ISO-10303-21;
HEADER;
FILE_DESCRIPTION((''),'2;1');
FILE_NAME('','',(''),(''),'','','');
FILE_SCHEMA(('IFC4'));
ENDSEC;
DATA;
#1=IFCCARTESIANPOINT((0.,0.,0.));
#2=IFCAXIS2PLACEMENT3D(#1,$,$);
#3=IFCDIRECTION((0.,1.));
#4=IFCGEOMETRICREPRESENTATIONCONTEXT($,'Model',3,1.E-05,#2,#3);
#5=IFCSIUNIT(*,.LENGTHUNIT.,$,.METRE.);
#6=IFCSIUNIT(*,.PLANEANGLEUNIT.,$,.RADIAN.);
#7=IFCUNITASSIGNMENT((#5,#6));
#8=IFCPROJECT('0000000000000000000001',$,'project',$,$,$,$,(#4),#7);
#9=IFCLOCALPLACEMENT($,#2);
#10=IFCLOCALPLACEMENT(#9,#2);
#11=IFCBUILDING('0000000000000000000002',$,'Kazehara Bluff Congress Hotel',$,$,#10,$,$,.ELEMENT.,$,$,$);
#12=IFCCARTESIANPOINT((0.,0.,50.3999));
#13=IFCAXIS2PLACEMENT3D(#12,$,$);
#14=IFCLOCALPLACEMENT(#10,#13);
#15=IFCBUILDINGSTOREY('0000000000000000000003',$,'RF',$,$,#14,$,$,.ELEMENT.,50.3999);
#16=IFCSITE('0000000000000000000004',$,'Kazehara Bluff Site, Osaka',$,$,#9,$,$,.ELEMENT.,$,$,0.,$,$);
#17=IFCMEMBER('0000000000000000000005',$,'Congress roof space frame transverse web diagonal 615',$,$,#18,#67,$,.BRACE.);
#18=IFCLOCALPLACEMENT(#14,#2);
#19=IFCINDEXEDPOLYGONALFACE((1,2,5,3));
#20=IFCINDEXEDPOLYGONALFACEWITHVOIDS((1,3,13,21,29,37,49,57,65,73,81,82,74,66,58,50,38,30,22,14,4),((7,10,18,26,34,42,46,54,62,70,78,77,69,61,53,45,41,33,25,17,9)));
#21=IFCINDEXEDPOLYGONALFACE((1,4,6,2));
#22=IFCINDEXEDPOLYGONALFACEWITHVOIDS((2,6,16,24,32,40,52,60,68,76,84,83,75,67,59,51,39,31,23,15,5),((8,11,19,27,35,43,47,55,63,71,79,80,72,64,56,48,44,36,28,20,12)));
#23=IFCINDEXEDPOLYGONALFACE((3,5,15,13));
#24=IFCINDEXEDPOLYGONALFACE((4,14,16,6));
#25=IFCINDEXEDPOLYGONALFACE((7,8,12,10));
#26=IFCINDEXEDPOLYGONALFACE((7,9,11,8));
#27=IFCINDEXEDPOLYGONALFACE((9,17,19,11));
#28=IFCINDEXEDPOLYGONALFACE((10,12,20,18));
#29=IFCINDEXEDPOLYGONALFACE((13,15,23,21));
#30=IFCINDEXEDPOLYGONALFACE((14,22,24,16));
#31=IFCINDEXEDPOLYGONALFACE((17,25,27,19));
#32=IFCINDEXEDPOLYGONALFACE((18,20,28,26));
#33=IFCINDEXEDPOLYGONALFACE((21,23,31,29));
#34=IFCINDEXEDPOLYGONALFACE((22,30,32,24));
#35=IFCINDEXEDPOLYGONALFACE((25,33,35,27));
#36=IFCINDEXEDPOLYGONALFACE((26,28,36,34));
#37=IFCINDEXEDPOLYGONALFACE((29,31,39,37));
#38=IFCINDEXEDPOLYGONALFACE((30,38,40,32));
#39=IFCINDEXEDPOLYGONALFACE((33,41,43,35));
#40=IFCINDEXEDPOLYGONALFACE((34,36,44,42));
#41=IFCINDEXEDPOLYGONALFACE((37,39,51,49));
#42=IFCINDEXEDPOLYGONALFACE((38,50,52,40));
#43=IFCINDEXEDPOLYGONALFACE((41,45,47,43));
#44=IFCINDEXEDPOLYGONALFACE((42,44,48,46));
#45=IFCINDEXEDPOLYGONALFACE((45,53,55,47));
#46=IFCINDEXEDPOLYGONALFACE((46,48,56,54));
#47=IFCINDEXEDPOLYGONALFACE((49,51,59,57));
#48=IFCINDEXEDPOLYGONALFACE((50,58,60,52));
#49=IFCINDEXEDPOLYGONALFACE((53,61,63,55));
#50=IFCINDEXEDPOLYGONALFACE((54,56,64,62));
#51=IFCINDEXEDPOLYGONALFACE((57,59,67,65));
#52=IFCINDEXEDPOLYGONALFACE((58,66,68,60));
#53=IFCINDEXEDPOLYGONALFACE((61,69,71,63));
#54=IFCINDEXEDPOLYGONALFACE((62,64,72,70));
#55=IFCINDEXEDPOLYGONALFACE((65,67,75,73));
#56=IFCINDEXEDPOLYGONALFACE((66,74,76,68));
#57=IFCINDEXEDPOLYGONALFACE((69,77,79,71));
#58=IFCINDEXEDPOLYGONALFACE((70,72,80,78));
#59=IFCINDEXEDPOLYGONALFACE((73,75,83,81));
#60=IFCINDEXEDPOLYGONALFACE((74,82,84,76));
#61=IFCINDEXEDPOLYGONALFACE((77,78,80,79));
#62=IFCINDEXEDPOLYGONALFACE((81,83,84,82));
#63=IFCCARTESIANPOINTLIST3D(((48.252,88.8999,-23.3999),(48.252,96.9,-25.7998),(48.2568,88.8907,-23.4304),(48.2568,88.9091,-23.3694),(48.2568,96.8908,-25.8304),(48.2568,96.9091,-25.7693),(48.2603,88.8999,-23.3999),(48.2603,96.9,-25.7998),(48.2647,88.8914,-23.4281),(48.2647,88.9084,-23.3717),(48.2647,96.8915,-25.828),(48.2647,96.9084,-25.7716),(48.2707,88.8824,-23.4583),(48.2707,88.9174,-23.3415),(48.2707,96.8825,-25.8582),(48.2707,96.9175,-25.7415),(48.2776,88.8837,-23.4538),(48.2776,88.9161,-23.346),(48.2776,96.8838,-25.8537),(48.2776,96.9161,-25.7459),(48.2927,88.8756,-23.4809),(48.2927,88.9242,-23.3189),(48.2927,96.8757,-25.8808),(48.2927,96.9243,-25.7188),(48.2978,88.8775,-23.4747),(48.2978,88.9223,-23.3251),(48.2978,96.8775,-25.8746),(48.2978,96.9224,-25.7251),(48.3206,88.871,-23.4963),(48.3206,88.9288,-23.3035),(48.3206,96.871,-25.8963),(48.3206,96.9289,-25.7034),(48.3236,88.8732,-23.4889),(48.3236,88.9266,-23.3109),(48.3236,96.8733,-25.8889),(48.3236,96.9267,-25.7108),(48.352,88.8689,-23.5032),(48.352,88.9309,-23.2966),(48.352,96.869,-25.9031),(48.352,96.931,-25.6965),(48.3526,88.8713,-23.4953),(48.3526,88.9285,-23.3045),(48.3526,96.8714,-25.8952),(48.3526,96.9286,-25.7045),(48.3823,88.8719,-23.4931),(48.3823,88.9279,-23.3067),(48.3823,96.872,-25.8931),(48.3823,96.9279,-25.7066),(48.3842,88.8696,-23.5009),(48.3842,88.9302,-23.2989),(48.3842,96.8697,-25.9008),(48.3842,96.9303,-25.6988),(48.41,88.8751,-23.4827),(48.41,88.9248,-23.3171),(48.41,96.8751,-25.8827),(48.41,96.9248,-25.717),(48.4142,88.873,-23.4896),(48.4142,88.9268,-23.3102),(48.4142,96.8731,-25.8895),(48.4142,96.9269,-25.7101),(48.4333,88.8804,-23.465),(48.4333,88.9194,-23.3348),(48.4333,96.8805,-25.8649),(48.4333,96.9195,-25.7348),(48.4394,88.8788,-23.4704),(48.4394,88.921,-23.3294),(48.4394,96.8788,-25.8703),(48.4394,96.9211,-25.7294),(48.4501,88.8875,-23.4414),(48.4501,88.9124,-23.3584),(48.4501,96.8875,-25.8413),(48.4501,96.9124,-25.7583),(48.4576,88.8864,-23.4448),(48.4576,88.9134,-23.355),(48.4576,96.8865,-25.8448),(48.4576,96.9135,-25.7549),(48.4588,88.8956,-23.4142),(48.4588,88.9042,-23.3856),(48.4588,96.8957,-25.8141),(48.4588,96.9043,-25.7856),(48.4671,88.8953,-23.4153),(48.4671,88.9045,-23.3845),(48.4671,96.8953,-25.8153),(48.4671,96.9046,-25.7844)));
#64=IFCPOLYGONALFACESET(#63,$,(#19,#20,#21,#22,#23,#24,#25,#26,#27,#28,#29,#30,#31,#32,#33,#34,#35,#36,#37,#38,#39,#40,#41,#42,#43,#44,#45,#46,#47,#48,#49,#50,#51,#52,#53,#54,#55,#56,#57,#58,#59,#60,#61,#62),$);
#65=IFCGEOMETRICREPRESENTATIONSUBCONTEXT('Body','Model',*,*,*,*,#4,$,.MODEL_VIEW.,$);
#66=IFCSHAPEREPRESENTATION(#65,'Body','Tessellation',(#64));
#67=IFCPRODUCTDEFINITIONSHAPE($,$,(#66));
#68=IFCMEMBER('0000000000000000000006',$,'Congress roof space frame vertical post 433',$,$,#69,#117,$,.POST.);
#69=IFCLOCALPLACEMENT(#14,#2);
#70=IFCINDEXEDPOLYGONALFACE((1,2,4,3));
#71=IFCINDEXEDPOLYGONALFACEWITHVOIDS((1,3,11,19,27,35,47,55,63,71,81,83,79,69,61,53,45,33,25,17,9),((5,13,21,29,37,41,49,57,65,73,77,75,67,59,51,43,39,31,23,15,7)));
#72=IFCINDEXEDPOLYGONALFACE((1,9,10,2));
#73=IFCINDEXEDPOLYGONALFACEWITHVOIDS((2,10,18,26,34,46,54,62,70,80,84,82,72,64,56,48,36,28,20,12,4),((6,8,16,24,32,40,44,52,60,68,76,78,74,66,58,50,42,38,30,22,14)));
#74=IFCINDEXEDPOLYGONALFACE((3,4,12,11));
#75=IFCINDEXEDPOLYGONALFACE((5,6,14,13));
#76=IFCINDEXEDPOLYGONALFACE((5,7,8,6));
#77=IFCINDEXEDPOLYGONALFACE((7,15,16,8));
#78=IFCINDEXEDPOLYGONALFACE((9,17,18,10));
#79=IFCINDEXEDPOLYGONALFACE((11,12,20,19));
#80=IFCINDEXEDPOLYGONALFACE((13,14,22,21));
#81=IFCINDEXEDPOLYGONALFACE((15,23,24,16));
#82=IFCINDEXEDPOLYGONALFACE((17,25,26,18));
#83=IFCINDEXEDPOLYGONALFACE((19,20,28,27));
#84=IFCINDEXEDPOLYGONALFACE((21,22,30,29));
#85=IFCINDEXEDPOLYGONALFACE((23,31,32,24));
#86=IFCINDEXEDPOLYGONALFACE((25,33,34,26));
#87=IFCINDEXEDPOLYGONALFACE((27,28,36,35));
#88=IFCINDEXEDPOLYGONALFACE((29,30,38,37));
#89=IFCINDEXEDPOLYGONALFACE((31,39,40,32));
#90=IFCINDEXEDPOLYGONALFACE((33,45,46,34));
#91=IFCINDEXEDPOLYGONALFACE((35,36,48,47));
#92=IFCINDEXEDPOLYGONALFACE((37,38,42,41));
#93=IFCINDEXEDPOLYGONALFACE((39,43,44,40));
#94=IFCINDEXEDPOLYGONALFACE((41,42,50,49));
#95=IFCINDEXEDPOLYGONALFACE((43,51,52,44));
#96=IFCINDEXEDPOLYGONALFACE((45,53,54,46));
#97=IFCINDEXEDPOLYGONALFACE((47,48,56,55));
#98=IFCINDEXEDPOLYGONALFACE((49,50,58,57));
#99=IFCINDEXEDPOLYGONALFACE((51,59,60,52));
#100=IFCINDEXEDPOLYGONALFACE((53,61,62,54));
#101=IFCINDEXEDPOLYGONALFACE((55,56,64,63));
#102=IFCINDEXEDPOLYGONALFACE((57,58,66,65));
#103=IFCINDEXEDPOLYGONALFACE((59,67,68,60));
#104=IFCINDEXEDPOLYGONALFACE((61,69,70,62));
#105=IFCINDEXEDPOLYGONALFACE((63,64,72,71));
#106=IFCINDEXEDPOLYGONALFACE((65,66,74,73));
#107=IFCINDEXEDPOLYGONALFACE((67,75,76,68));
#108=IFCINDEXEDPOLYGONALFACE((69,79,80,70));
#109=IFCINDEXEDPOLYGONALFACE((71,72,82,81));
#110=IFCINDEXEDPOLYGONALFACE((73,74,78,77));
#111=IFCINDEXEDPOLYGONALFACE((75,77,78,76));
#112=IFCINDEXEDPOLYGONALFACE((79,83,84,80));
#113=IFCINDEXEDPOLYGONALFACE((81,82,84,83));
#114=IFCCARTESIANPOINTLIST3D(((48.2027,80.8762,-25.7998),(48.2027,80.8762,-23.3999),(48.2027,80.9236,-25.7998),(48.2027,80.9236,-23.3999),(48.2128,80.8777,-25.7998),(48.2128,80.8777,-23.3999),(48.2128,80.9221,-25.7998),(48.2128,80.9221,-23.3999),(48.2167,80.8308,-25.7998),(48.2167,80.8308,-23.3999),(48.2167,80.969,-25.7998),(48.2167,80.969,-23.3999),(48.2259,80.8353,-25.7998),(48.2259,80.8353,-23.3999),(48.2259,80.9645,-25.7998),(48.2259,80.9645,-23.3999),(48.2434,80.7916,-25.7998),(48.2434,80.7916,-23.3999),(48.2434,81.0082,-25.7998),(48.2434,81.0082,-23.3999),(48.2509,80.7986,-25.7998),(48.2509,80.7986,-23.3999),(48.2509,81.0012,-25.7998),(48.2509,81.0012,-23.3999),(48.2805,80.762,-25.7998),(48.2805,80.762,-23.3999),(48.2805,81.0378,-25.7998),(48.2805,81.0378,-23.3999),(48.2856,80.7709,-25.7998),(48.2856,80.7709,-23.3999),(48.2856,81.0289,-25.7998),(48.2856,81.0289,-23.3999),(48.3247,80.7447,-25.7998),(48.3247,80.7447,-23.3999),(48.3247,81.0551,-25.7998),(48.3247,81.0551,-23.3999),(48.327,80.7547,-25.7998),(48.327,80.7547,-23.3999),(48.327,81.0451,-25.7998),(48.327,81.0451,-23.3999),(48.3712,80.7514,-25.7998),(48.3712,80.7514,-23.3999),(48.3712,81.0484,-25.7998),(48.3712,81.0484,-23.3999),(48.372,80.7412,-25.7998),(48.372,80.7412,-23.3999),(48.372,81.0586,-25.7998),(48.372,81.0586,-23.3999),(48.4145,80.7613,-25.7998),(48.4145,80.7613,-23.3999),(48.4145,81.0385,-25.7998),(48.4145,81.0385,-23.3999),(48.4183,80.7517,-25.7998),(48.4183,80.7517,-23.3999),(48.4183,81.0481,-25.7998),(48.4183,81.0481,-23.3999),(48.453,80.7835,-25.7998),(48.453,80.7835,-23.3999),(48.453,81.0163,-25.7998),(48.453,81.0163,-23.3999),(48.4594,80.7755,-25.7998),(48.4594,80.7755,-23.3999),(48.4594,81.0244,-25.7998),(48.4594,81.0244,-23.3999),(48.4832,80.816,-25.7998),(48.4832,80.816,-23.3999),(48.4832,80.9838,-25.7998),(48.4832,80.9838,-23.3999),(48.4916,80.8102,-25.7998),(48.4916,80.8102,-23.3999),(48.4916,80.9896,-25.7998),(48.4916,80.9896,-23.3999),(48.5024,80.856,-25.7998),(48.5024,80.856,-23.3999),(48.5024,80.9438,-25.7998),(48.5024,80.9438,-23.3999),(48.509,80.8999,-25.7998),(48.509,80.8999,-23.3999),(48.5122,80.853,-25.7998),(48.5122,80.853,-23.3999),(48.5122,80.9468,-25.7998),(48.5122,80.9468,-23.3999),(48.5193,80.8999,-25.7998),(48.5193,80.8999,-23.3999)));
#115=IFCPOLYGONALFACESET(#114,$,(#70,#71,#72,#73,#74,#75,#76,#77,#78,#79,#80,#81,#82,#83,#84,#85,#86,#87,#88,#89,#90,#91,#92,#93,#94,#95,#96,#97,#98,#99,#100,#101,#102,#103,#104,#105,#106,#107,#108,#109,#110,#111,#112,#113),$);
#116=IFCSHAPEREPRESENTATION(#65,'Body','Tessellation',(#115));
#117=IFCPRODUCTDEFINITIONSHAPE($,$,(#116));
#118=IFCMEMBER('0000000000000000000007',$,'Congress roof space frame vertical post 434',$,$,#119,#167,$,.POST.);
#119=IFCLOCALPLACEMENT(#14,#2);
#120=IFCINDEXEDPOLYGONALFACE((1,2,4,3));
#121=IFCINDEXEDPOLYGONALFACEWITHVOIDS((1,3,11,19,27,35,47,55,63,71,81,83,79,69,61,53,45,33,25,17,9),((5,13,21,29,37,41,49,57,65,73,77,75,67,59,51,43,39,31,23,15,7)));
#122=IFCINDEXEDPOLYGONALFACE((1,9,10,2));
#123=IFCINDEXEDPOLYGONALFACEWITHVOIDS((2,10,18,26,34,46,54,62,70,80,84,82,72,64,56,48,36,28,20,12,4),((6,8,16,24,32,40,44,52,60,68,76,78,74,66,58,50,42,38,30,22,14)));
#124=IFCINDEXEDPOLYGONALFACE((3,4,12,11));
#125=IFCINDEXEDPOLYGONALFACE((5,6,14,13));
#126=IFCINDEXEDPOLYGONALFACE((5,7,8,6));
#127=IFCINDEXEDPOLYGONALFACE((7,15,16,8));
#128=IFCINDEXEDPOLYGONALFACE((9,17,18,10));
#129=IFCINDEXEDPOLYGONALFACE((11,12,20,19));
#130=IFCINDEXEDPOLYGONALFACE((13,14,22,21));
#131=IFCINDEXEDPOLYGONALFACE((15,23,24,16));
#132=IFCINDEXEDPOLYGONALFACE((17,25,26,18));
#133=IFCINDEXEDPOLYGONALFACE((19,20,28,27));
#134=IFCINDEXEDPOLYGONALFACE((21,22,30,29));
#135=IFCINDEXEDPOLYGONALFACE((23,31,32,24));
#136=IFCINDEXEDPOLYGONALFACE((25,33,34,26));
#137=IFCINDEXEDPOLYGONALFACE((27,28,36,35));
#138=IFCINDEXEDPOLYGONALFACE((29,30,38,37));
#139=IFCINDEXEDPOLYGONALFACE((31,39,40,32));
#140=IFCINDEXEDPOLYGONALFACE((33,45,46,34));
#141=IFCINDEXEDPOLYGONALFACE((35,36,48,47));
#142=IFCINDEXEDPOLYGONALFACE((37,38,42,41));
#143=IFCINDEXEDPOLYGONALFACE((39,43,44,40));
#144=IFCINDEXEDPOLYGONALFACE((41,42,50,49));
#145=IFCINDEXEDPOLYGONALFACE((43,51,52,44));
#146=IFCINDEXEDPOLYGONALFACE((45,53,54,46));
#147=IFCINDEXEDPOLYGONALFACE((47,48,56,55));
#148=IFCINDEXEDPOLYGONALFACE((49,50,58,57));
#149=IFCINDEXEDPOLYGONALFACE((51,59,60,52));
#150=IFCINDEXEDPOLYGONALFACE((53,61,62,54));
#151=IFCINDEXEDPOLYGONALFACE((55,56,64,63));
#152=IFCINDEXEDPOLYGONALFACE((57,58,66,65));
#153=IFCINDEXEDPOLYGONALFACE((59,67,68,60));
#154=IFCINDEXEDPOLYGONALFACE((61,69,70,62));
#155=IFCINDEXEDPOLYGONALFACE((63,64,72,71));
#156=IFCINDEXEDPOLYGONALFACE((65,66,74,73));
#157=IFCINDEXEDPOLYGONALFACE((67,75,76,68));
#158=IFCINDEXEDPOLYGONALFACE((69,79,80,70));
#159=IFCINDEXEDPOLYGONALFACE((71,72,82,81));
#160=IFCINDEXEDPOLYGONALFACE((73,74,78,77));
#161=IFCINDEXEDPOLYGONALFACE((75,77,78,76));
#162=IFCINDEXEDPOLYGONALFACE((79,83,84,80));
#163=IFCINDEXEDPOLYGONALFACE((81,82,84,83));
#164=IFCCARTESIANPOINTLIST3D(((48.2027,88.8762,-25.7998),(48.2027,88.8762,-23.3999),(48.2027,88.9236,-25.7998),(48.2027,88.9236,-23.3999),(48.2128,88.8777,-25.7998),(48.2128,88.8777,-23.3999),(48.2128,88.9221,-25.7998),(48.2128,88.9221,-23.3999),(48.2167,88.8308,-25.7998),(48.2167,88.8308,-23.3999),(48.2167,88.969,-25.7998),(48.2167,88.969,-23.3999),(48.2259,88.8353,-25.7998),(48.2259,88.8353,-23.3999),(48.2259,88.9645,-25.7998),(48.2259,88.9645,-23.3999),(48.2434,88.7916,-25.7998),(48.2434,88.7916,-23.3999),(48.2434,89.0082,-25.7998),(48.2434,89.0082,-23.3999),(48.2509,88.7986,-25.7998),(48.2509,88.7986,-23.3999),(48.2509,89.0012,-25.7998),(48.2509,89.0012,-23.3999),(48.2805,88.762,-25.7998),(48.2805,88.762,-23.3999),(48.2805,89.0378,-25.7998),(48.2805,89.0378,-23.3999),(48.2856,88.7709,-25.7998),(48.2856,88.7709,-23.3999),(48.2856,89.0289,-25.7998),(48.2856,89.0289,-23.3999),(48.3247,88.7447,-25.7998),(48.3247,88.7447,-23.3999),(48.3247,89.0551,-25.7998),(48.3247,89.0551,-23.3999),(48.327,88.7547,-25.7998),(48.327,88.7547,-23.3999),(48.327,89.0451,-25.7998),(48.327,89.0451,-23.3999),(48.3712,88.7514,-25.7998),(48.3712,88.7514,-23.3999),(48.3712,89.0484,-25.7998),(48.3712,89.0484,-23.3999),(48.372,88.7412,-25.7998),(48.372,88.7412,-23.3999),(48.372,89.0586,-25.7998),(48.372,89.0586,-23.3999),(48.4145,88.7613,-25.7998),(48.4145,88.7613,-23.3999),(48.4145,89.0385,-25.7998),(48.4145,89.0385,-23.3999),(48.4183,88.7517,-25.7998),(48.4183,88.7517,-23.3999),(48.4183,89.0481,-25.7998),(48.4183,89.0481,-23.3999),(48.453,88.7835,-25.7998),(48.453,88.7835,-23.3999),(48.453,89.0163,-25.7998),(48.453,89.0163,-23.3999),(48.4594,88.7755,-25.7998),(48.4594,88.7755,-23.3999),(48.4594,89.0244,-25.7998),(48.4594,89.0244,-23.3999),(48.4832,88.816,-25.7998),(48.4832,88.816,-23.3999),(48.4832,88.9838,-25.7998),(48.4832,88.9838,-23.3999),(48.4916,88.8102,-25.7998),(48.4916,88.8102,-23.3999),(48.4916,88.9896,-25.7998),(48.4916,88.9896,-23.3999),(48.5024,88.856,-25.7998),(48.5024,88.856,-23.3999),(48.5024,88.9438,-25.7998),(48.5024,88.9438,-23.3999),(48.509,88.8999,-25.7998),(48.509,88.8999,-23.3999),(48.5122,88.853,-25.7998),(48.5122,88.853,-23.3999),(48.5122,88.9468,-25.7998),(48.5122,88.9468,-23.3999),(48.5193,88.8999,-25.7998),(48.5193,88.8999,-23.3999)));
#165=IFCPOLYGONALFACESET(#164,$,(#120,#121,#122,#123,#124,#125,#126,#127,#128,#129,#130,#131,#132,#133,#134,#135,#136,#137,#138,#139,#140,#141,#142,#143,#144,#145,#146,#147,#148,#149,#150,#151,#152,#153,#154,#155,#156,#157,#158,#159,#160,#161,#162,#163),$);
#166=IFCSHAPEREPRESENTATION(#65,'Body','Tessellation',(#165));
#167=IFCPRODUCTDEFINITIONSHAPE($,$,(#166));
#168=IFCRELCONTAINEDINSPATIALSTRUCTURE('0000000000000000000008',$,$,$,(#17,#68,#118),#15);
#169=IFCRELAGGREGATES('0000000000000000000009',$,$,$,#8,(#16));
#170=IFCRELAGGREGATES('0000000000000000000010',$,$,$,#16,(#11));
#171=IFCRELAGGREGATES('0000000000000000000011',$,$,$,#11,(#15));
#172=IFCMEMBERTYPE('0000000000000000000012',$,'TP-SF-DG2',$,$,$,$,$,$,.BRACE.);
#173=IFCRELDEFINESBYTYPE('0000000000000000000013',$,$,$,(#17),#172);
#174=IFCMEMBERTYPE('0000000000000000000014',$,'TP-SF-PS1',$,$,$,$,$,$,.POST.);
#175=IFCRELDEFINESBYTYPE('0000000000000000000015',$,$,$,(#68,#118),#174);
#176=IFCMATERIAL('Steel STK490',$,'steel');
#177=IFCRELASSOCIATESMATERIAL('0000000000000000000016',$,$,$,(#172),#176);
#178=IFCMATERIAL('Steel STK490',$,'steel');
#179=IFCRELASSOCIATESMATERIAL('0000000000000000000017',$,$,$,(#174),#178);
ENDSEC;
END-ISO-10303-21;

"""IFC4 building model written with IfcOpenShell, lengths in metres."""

from ifc_helpers import new_model, si_unit, direction, frame, origin, origin_2d, place, context, subcontext, project, spatial, hollow_circle, extrude, material, material_profile, profile_set, type_object, element, save


model = new_model("IFC4")

# Units and contexts
model_context = context("Model", 3, precision=1e-05, world=origin(), true_north=direction((0.0, 1.0)))
body_context = subcontext(model_context, "Body", "Model", "MODEL_VIEW")
ifc_project = project(units=[si_unit("LENGTHUNIT", "METRE"), si_unit("PLANEANGLEUNIT", "RADIAN")], contexts=[model_context])

# Site, building, storey
site_placement = place(None, origin())
site = spatial("IfcSite", under=ifc_project, at=site_placement, Name="Kazehara Bluff Site, Osaka", CompositionType="ELEMENT", RefElevation=0.0)
building_placement = place(site_placement, origin())
building = spatial("IfcBuilding", under=site, at=building_placement, Name="Kazehara Bluff Congress Hotel", CompositionType="ELEMENT")
storey_placement = place(building_placement, frame((0.0, 0.0, 50.3999)))
storey = spatial("IfcBuildingStorey", under=building, at=storey_placement, Name="RF", CompositionType="ELEMENT", Elevation=50.3999)

# Members
ifc_material_1 = material(Name="Steel STK490", Category="steel")
ifc_material_profile_1 = material_profile(ifc_material_1, hollow_circle(Radius=0.1082, WallThickness=0.0083, at=origin_2d()))
ifc_profile_set_1 = profile_set([ifc_material_profile_1], Name="Steel STK490")
member_type_1 = type_object("IfcMemberType", Name="TP-SF-DG2", PredefinedType="BRACE", material=ifc_profile_set_1)
for number, where, z_axis, x_axis, name in (
    (1, (48.3601, 88.8999, -23.3999), (0.0, 0.95783, -0.287337), (-1.0, 0.0, 0.0), "Congress roof space frame transverse web diagonal 615"),
):
    element("IfcMember", number, at=place(storey_placement, frame(where, z_axis=z_axis, x_axis=x_axis)), inside=storey, type_object=member_type_1, Name=name, PredefinedType="BRACE", context=body_context, shape_type="SweptSolid", body=[
        extrude(hollow_circle(Radius=0.1082, WallThickness=0.0083, at=origin_2d()), origin(), (0.0, 0.0, 1.0), 8.3523),
    ])
ifc_material_2 = material(Name="Steel STK490", Category="steel")
ifc_material_profile_2 = material_profile(ifc_material_2, hollow_circle(Radius=0.1592, WallThickness=0.0103, at=origin_2d()))
ifc_profile_set_2 = profile_set([ifc_material_profile_2], Name="Steel STK490")
member_type_2 = type_object("IfcMemberType", Name="TP-SF-PS1", PredefinedType="POST", material=ifc_profile_set_2)
for number, where, z_axis, x_axis, name in (
    (2, (48.3601, 80.8999, -25.7998), (0.0, 0.0, 1.0), (1.0, 0.0, 0.0), "Congress roof space frame vertical post 433"),
    (3, (48.3601, 88.8999, -25.7998), (0.0, 0.0, 1.0), (1.0, 0.0, 0.0), "Congress roof space frame vertical post 434"),
):
    element("IfcMember", number, at=place(storey_placement, frame(where, z_axis=z_axis, x_axis=x_axis)), inside=storey, type_object=member_type_2, Name=name, PredefinedType="POST", context=body_context, shape_type="SweptSolid", body=[
        extrude(hollow_circle(Radius=0.1592, WallThickness=0.0103, at=origin_2d()), origin(), (0.0, 0.0, 1.0), 2.3999),
    ])

save(model, "model.ifc")
